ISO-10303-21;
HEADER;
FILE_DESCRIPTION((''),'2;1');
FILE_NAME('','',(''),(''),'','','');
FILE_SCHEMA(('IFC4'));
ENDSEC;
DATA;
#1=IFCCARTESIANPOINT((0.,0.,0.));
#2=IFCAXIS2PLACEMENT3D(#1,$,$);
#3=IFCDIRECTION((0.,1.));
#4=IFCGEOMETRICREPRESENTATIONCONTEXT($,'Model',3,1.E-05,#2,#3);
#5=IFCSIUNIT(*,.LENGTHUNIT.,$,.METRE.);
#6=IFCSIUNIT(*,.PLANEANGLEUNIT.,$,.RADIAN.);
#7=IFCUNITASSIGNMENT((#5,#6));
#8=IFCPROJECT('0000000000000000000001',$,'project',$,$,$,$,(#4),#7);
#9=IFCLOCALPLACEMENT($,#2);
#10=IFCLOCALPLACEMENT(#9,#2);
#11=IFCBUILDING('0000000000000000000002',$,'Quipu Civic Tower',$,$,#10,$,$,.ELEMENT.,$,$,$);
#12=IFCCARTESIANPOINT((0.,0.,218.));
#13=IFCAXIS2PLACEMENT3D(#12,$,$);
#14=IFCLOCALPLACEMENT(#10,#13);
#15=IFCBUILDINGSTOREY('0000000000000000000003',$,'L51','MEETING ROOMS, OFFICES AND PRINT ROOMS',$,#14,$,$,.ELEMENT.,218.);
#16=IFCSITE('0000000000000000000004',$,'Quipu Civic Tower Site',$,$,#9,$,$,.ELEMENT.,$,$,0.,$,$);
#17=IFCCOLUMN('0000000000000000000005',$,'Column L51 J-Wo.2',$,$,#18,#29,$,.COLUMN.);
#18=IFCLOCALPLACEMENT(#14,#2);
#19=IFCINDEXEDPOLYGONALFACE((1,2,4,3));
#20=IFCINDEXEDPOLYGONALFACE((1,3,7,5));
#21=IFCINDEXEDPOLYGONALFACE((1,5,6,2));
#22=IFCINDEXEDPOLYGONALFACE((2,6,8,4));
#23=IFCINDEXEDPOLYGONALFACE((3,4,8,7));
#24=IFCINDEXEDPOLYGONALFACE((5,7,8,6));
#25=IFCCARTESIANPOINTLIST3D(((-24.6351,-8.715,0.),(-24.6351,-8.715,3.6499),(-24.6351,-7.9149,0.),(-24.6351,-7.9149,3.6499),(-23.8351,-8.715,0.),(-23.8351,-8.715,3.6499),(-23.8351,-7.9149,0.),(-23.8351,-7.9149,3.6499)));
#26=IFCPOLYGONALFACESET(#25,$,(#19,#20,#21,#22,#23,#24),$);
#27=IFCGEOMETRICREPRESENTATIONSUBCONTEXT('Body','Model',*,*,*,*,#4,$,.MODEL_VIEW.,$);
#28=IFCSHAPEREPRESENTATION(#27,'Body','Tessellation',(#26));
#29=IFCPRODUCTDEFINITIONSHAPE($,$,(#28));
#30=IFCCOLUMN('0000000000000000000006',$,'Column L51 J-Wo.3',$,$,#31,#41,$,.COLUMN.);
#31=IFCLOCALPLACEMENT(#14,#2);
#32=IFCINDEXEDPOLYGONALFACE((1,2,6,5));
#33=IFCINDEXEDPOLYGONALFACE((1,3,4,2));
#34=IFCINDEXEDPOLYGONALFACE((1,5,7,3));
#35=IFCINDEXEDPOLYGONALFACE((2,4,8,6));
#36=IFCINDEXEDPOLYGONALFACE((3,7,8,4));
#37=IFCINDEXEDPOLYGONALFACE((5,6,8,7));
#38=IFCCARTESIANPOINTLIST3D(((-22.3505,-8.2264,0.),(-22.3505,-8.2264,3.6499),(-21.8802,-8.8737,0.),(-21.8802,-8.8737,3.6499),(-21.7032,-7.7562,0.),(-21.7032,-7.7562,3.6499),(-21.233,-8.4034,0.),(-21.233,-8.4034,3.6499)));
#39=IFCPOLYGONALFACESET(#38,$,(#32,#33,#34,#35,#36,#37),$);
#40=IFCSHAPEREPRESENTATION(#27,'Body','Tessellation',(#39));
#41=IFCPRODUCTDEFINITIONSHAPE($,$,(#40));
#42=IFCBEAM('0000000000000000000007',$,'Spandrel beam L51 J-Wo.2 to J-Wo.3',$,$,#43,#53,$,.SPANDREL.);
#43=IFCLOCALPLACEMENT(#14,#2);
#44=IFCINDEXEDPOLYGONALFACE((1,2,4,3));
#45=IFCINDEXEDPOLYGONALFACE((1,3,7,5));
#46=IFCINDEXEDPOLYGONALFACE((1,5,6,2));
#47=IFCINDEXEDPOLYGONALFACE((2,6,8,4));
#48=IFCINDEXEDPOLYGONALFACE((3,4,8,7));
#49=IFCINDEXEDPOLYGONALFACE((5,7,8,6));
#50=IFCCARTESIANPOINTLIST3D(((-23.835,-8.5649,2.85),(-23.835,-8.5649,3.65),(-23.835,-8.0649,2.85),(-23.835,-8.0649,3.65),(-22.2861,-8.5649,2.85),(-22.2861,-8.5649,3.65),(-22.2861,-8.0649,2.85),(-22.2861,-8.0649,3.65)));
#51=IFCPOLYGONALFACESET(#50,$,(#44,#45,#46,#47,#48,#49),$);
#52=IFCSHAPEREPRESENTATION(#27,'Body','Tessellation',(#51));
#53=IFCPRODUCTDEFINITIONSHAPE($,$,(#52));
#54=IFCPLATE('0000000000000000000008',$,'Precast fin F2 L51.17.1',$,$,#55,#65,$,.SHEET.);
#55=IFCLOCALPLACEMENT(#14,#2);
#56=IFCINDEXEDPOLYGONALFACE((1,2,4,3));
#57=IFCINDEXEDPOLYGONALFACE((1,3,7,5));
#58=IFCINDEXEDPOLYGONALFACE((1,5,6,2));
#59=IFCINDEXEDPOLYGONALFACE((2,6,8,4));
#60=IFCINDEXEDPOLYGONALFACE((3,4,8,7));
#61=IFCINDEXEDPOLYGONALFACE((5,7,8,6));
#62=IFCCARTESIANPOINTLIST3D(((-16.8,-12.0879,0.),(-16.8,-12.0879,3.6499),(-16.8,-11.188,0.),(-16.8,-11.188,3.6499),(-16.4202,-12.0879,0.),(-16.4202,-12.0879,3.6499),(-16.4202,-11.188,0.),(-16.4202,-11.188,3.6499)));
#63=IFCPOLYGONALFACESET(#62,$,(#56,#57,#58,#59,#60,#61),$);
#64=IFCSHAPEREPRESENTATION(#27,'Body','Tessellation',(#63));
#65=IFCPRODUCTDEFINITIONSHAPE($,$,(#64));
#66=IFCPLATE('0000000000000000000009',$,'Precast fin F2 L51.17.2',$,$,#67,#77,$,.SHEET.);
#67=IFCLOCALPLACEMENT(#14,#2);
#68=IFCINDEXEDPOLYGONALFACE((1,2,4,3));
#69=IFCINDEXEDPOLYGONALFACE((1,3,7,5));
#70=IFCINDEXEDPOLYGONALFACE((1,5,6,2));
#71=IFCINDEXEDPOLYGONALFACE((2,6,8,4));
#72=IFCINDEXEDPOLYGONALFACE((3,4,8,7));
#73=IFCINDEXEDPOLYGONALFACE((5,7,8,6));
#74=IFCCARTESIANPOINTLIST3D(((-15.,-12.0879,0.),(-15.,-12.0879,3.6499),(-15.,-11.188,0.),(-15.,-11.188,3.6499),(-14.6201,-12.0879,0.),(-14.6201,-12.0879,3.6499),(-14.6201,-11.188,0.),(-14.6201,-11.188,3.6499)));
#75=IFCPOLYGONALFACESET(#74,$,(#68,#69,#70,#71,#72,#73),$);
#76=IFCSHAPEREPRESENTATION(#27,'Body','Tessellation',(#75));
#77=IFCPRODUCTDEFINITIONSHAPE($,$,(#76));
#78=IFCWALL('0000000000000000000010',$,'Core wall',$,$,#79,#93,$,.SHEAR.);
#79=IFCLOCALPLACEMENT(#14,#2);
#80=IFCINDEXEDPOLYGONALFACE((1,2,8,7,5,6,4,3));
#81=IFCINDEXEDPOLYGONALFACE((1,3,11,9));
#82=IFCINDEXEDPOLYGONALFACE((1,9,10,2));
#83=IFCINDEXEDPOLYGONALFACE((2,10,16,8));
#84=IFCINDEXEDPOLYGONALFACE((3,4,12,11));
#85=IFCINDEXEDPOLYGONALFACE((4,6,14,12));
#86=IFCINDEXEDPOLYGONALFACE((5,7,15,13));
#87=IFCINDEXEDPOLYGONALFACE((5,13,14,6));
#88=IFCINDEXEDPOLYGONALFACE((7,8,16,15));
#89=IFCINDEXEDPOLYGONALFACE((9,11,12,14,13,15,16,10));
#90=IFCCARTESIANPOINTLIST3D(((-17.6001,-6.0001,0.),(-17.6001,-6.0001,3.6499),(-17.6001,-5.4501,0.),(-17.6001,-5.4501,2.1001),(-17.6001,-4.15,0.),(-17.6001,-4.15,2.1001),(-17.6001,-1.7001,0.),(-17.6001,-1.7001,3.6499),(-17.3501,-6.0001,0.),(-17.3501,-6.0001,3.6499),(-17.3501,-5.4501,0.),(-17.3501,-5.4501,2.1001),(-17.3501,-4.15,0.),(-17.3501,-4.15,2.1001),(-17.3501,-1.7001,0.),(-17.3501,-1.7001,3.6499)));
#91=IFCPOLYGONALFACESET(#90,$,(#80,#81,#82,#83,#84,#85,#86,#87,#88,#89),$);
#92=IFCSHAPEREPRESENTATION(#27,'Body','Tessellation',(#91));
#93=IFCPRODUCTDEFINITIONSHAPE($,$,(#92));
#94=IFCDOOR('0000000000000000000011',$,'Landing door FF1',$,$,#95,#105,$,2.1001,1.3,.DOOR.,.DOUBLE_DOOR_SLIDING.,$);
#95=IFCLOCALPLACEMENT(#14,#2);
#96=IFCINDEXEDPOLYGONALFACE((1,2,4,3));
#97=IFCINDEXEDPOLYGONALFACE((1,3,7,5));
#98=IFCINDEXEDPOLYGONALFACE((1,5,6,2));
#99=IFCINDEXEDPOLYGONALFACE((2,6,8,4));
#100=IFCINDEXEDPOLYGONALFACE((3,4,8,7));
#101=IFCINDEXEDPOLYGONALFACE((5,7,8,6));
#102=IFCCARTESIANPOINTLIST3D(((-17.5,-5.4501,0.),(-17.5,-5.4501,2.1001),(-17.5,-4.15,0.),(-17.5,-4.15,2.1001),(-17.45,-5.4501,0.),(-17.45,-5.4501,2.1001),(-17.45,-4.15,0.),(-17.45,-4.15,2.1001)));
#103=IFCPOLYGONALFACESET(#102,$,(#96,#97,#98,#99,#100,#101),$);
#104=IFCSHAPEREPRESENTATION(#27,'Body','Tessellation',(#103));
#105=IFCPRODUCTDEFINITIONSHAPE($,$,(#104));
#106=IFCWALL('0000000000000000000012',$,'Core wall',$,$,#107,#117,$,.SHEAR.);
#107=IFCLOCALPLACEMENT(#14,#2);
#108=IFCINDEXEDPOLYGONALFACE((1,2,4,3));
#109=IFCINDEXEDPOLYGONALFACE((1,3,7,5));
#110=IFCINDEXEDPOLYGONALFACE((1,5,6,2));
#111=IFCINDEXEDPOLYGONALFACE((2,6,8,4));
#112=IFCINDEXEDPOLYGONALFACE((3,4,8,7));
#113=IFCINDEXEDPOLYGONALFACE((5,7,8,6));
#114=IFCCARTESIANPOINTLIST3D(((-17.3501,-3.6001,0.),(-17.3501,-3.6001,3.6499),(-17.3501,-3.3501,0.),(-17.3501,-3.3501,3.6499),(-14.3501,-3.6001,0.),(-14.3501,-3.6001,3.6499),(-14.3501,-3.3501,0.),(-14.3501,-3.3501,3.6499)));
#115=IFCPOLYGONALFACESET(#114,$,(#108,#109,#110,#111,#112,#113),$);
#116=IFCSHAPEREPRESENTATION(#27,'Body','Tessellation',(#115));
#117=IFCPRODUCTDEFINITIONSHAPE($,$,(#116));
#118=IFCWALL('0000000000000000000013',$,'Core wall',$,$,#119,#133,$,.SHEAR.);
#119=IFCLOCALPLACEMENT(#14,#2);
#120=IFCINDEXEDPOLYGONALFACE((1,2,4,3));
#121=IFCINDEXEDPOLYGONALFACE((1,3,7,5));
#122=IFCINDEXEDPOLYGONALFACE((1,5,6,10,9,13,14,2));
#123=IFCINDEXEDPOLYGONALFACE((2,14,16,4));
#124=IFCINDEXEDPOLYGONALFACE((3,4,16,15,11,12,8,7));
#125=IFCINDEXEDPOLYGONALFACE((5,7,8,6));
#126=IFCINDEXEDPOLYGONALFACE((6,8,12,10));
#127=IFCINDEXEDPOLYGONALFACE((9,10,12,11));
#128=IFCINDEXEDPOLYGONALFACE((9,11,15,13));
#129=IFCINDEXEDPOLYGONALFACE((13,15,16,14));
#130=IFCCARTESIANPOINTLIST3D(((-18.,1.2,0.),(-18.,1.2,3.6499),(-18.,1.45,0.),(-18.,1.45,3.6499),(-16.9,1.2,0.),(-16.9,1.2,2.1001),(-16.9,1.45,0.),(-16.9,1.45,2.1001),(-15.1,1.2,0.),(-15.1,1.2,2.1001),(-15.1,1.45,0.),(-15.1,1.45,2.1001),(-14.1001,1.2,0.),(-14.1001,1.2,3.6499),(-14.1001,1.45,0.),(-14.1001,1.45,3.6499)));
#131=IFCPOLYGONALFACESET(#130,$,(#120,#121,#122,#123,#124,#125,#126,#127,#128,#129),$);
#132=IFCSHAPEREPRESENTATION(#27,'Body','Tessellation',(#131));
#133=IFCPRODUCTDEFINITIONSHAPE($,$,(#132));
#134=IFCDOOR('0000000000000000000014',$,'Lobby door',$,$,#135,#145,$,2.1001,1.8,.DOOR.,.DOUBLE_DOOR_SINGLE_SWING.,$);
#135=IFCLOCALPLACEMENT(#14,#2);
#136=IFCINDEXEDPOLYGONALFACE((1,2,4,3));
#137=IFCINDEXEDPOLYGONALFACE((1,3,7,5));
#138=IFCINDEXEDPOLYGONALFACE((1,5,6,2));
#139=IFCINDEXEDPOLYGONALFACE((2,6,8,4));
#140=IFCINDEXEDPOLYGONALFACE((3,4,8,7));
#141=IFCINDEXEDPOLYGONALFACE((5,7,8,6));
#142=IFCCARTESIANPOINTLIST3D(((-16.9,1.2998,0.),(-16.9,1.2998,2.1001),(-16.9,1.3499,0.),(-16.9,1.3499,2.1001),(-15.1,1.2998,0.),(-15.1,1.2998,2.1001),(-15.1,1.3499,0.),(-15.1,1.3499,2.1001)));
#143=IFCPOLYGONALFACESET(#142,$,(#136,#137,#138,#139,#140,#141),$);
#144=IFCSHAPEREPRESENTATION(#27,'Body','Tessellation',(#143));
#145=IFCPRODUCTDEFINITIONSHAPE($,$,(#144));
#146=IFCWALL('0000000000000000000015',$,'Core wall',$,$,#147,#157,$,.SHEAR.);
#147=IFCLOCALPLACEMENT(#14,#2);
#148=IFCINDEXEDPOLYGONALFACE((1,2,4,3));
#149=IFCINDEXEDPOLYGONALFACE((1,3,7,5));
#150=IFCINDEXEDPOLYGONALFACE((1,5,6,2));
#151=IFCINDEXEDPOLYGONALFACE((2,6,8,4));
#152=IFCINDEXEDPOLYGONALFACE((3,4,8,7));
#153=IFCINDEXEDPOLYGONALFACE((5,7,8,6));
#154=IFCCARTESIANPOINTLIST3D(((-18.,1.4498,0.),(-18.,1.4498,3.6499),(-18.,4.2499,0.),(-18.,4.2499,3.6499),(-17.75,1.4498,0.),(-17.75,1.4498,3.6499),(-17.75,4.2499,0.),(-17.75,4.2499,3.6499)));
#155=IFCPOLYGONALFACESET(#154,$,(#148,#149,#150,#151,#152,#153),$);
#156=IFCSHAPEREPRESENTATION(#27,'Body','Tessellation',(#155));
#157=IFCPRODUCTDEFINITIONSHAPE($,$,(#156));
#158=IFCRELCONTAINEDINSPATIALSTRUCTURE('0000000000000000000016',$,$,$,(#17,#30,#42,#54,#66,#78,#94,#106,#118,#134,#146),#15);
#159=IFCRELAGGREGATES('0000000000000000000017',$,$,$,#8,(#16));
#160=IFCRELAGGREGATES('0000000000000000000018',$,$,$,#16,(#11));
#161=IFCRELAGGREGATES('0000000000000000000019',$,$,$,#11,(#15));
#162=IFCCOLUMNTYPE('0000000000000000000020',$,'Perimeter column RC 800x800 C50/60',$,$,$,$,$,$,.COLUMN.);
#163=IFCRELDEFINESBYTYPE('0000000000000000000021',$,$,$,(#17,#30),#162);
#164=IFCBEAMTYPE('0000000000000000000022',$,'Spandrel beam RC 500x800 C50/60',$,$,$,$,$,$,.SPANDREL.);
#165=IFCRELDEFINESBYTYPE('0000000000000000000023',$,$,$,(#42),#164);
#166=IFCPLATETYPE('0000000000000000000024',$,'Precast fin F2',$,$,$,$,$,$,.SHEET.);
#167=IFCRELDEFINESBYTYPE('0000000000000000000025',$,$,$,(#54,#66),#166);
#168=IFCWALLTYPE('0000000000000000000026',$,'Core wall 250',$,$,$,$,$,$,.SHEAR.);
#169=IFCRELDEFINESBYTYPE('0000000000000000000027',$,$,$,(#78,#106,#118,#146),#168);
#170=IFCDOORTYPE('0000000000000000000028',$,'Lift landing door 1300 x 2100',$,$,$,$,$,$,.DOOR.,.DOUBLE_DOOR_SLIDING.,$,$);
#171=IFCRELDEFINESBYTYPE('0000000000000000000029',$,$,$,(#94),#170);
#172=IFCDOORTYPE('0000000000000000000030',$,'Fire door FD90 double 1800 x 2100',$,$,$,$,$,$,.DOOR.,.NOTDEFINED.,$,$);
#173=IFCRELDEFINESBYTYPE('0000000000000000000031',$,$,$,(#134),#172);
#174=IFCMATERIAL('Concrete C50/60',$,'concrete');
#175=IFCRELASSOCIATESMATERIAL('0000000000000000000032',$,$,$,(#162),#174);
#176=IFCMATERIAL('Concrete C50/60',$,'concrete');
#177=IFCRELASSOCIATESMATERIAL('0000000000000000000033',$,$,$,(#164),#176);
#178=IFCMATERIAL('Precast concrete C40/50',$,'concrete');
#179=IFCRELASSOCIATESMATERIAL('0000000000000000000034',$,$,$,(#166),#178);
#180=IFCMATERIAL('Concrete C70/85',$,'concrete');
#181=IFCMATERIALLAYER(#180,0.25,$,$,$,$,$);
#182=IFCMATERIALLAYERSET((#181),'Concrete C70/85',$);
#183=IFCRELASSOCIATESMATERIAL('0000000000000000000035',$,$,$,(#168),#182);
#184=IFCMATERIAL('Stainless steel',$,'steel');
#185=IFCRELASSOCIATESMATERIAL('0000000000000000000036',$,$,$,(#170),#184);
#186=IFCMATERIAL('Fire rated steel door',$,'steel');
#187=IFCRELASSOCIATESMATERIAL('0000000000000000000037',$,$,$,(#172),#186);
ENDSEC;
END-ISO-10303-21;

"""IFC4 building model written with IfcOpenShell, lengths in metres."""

from ifc_helpers import new_model, si_unit, direction, frame, frame_2d, origin, origin_2d, place, context, subcontext, project, spatial, rectangle, extrude, material, layer, layer_set, material_profile, profile_set, type_object, element, fill, save


model = new_model("IFC4")

# Units and contexts
model_context = context("Model", 3, precision=1e-05, world=origin(), true_north=direction((0.0, 1.0)))
body_context = subcontext(model_context, "Body", "Model", "MODEL_VIEW")
ifc_project = project(units=[si_unit("LENGTHUNIT", "METRE"), si_unit("PLANEANGLEUNIT", "RADIAN")], contexts=[model_context])

# Site, building, storey
site_placement = place(None, origin())
site = spatial("IfcSite", under=ifc_project, at=site_placement, Name="Quipu Civic Tower Site", CompositionType="ELEMENT", RefElevation=0.0)
building_placement = place(site_placement, origin())
building = spatial("IfcBuilding", under=site, at=building_placement, Name="Quipu Civic Tower", CompositionType="ELEMENT")
storey_placement = place(building_placement, frame((0.0, 0.0, 218.0)))
storey = spatial("IfcBuildingStorey", under=building, at=storey_placement, Name="L51", Description="MEETING ROOMS, OFFICES AND PRINT ROOMS", CompositionType="ELEMENT", Elevation=218.0)

# Columns
ifc_material_1 = material(Name="Concrete C50/60", Category="concrete")
ifc_material_profile_1 = material_profile(ifc_material_1, rectangle(XDim=0.8, YDim=0.8, at=origin_2d()), Name="RC800x800")
ifc_profile_set_1 = profile_set([ifc_material_profile_1], Name="Concrete C50/60")
column_type = type_object("IfcColumnType", Name="Perimeter column RC 800x800 C50/60", PredefinedType="COLUMN", material=ifc_profile_set_1)
for number, where, z_axis, x_axis, name in (
    (1, (-24.2351, -8.3149, 0.0), (0.0, 0.0, 1.0), (1.0, 0.0, 0.0), "Column L51 J-Wo.2"),
    (2, (-21.7917, -8.3149, 0.0), (0.0, 0.0, 1.0), (0.587785, -0.809017, 0.0), "Column L51 J-Wo.3"),
):
    element("IfcColumn", number, at=place(storey_placement, frame(where, z_axis=z_axis, x_axis=x_axis)), inside=storey, type_object=column_type, Name=name, PredefinedType="COLUMN", context=body_context, shape_type="SweptSolid", body=[
        extrude(rectangle(XDim=0.8, YDim=0.8, at=origin_2d()), origin(), (0.0, 0.0, 1.0), 3.6499),
    ])

# Beam
ifc_material_2 = material(Name="Concrete C50/60", Category="concrete")
ifc_material_profile_2 = material_profile(ifc_material_2, rectangle(XDim=0.5, YDim=0.8, at=origin_2d()), Name="RC500x800")
ifc_profile_set_2 = profile_set([ifc_material_profile_2], Name="Concrete C50/60")
beam_type = type_object("IfcBeamType", Name="Spandrel beam RC 500x800 C50/60", PredefinedType="SPANDREL", material=ifc_profile_set_2)
beam_placement = place(storey_placement, frame((-23.835, -8.3149, 3.25), z_axis=(1.0, 0.0, 0.0), x_axis=(0.0, 1.0, 0.0)))
element("IfcBeam", 3, at=beam_placement, inside=storey, type_object=beam_type, Name="Spandrel beam L51 J-Wo.2 to J-Wo.3", PredefinedType="SPANDREL", context=body_context, shape_type="SweptSolid", body=[
    extrude(rectangle(XDim=0.5, YDim=0.8, at=origin_2d()), origin(), (0.0, 0.0, 1.0), 1.5488),
])

# Plates
ifc_material_3 = material(Name="Precast concrete C40/50", Category="concrete")
plate_type = type_object("IfcPlateType", Name="Precast fin F2", PredefinedType="SHEET", material=ifc_material_3)
for number, where, z_axis, x_axis, name in (
    (4, (-16.6101, -11.6379, 0.0), (0.0, 0.0, 1.0), (1.0, 0.0, 0.0), "Precast fin F2 L51.17.1"),
    (5, (-14.8101, -11.6379, 0.0), (0.0, 0.0, 1.0), (1.0, 0.0, 0.0), "Precast fin F2 L51.17.2"),
):
    element("IfcPlate", number, at=place(storey_placement, frame(where, z_axis=z_axis, x_axis=x_axis)), inside=storey, type_object=plate_type, Name=name, PredefinedType="SHEET", context=body_context, shape_type="SweptSolid", body=[
        extrude(rectangle(XDim=0.3799, YDim=0.8999, at=origin_2d()), origin(), (0.0, 0.0, 1.0), 3.6499),
    ])

# Wall, opening, door
ifc_material_4 = material(Name="Concrete C70/85", Category="concrete")
ifc_layer_1 = layer(ifc_material_4, 0.25)
ifc_layer_set_1 = layer_set([ifc_layer_1], Name="Concrete C70/85")
wall_type_1 = type_object("IfcWallType", Name="Core wall 250", PredefinedType="SHEAR", material=ifc_layer_set_1)
wall_1_placement = place(storey_placement, frame((-17.4751, -6.0, 0.0), z_axis=(0.0, 0.0, 1.0), x_axis=(0.0, 1.0, 0.0)))
wall_1 = element("IfcWall", 6, at=wall_1_placement, inside=storey, type_object=wall_type_1, Name="Core wall", PredefinedType="SHEAR", context=body_context, shape_type="SweptSolid", body=[
    extrude(rectangle(XDim=4.3, YDim=0.25, at=frame_2d((2.1499, 0.0))), origin(), (0.0, 0.0, 1.0), 3.6499),
])
opening_1_placement = place(wall_1_placement, frame((0.55, 0.0, 0.0)))
opening_1 = element("IfcOpeningElement", 7, at=opening_1_placement, cuts=wall_1, PredefinedType="OPENING", context=body_context, shape_type="SweptSolid", body=[
    extrude(rectangle(XDim=1.3, YDim=2.1001, at=frame_2d((0.6499, 1.05))), frame((0.0, 0.135, 0.0), z_axis=(0.0, -1.0, 0.0), x_axis=(1.0, 0.0, 0.0)), (0.0, 0.0, 1.0), 0.27),
])
ifc_material_5 = material(Name="Stainless steel", Category="steel")
door_type_1 = type_object("IfcDoorType", Name="Lift landing door 1300 x 2100", OperationType="DOUBLE_DOOR_SLIDING", PredefinedType="DOOR", material=ifc_material_5)
door_1_placement = place(opening_1_placement, origin())
door_1 = element("IfcDoor", 8, at=door_1_placement, inside=storey, type_object=door_type_1, Name="Landing door FF1", OperationType="DOUBLE_DOOR_SLIDING", OverallHeight=2.1001, OverallWidth=1.3, PredefinedType="DOOR", context=body_context, shape_type="SweptSolid", body=[
    extrude(rectangle(XDim=1.3, YDim=2.1001, at=frame_2d((0.6499, 1.05))), frame((0.0, 0.0249, 0.0), z_axis=(0.0, -1.0, 0.0), x_axis=(1.0, 0.0, 0.0)), (0.0, 0.0, 1.0), 0.05),
])
fill(opening_1, door_1)

# Wall
wall_2_placement = place(storey_placement, frame((-17.3501, -3.4751, 0.0), z_axis=(0.0, 0.0, 1.0), x_axis=(1.0, 0.0, 0.0)))
element("IfcWall", 9, at=wall_2_placement, inside=storey, type_object=wall_type_1, Name="Core wall", PredefinedType="SHEAR", context=body_context, shape_type="SweptSolid", body=[
    extrude(rectangle(XDim=3.0, YDim=0.25, at=frame_2d((1.5, 0.0))), origin(), (0.0, 0.0, 1.0), 3.6499),
])

# Wall, opening, door
wall_3_placement = place(storey_placement, frame((-18.0, 1.325, 0.0), z_axis=(0.0, 0.0, 1.0), x_axis=(1.0, 0.0, 0.0)))
wall_3 = element("IfcWall", 10, at=wall_3_placement, inside=storey, type_object=wall_type_1, Name="Core wall", PredefinedType="SHEAR", context=body_context, shape_type="SweptSolid", body=[
    extrude(rectangle(XDim=3.8999, YDim=0.25, at=frame_2d((1.95, 0.0))), origin(), (0.0, 0.0, 1.0), 3.6499),
])
opening_2_placement = place(wall_3_placement, frame((1.1001, 0.0, 0.0)))
opening_2 = element("IfcOpeningElement", 11, at=opening_2_placement, cuts=wall_3, PredefinedType="OPENING", context=body_context, shape_type="SweptSolid", body=[
    extrude(rectangle(XDim=1.8, YDim=2.1001, at=frame_2d((0.8999, 1.05))), frame((0.0, 0.135, 0.0), z_axis=(0.0, -1.0, 0.0), x_axis=(1.0, 0.0, 0.0)), (0.0, 0.0, 1.0), 0.27),
])
ifc_material_6 = material(Name="Fire rated steel door", Category="steel")
door_type_2 = type_object("IfcDoorType", Name="Fire door FD90 double 1800 x 2100", OperationType="NOTDEFINED", PredefinedType="DOOR", material=ifc_material_6)
door_2_placement = place(opening_2_placement, origin())
door_2 = element("IfcDoor", 12, at=door_2_placement, inside=storey, type_object=door_type_2, Name="Lobby door", OperationType="DOUBLE_DOOR_SINGLE_SWING", OverallHeight=2.1001, OverallWidth=1.8, PredefinedType="DOOR", context=body_context, shape_type="SweptSolid", body=[
    extrude(rectangle(XDim=1.8, YDim=2.1001, at=frame_2d((0.8999, 1.05))), frame((0.0, 0.0249, 0.0), z_axis=(0.0, -1.0, 0.0), x_axis=(1.0, 0.0, 0.0)), (0.0, 0.0, 1.0), 0.05),
])
fill(opening_2, door_2)

# Wall
wall_4_placement = place(storey_placement, frame((-17.875, 1.45, 0.0), z_axis=(0.0, 0.0, 1.0), x_axis=(0.0, 1.0, 0.0)))
element("IfcWall", 13, at=wall_4_placement, inside=storey, type_object=wall_type_1, Name="Core wall", PredefinedType="SHEAR", context=body_context, shape_type="SweptSolid", body=[
    extrude(rectangle(XDim=2.8, YDim=0.25, at=frame_2d((1.3999, 0.0))), origin(), (0.0, 0.0, 1.0), 3.6499),
])

save(model, "model.ifc")
